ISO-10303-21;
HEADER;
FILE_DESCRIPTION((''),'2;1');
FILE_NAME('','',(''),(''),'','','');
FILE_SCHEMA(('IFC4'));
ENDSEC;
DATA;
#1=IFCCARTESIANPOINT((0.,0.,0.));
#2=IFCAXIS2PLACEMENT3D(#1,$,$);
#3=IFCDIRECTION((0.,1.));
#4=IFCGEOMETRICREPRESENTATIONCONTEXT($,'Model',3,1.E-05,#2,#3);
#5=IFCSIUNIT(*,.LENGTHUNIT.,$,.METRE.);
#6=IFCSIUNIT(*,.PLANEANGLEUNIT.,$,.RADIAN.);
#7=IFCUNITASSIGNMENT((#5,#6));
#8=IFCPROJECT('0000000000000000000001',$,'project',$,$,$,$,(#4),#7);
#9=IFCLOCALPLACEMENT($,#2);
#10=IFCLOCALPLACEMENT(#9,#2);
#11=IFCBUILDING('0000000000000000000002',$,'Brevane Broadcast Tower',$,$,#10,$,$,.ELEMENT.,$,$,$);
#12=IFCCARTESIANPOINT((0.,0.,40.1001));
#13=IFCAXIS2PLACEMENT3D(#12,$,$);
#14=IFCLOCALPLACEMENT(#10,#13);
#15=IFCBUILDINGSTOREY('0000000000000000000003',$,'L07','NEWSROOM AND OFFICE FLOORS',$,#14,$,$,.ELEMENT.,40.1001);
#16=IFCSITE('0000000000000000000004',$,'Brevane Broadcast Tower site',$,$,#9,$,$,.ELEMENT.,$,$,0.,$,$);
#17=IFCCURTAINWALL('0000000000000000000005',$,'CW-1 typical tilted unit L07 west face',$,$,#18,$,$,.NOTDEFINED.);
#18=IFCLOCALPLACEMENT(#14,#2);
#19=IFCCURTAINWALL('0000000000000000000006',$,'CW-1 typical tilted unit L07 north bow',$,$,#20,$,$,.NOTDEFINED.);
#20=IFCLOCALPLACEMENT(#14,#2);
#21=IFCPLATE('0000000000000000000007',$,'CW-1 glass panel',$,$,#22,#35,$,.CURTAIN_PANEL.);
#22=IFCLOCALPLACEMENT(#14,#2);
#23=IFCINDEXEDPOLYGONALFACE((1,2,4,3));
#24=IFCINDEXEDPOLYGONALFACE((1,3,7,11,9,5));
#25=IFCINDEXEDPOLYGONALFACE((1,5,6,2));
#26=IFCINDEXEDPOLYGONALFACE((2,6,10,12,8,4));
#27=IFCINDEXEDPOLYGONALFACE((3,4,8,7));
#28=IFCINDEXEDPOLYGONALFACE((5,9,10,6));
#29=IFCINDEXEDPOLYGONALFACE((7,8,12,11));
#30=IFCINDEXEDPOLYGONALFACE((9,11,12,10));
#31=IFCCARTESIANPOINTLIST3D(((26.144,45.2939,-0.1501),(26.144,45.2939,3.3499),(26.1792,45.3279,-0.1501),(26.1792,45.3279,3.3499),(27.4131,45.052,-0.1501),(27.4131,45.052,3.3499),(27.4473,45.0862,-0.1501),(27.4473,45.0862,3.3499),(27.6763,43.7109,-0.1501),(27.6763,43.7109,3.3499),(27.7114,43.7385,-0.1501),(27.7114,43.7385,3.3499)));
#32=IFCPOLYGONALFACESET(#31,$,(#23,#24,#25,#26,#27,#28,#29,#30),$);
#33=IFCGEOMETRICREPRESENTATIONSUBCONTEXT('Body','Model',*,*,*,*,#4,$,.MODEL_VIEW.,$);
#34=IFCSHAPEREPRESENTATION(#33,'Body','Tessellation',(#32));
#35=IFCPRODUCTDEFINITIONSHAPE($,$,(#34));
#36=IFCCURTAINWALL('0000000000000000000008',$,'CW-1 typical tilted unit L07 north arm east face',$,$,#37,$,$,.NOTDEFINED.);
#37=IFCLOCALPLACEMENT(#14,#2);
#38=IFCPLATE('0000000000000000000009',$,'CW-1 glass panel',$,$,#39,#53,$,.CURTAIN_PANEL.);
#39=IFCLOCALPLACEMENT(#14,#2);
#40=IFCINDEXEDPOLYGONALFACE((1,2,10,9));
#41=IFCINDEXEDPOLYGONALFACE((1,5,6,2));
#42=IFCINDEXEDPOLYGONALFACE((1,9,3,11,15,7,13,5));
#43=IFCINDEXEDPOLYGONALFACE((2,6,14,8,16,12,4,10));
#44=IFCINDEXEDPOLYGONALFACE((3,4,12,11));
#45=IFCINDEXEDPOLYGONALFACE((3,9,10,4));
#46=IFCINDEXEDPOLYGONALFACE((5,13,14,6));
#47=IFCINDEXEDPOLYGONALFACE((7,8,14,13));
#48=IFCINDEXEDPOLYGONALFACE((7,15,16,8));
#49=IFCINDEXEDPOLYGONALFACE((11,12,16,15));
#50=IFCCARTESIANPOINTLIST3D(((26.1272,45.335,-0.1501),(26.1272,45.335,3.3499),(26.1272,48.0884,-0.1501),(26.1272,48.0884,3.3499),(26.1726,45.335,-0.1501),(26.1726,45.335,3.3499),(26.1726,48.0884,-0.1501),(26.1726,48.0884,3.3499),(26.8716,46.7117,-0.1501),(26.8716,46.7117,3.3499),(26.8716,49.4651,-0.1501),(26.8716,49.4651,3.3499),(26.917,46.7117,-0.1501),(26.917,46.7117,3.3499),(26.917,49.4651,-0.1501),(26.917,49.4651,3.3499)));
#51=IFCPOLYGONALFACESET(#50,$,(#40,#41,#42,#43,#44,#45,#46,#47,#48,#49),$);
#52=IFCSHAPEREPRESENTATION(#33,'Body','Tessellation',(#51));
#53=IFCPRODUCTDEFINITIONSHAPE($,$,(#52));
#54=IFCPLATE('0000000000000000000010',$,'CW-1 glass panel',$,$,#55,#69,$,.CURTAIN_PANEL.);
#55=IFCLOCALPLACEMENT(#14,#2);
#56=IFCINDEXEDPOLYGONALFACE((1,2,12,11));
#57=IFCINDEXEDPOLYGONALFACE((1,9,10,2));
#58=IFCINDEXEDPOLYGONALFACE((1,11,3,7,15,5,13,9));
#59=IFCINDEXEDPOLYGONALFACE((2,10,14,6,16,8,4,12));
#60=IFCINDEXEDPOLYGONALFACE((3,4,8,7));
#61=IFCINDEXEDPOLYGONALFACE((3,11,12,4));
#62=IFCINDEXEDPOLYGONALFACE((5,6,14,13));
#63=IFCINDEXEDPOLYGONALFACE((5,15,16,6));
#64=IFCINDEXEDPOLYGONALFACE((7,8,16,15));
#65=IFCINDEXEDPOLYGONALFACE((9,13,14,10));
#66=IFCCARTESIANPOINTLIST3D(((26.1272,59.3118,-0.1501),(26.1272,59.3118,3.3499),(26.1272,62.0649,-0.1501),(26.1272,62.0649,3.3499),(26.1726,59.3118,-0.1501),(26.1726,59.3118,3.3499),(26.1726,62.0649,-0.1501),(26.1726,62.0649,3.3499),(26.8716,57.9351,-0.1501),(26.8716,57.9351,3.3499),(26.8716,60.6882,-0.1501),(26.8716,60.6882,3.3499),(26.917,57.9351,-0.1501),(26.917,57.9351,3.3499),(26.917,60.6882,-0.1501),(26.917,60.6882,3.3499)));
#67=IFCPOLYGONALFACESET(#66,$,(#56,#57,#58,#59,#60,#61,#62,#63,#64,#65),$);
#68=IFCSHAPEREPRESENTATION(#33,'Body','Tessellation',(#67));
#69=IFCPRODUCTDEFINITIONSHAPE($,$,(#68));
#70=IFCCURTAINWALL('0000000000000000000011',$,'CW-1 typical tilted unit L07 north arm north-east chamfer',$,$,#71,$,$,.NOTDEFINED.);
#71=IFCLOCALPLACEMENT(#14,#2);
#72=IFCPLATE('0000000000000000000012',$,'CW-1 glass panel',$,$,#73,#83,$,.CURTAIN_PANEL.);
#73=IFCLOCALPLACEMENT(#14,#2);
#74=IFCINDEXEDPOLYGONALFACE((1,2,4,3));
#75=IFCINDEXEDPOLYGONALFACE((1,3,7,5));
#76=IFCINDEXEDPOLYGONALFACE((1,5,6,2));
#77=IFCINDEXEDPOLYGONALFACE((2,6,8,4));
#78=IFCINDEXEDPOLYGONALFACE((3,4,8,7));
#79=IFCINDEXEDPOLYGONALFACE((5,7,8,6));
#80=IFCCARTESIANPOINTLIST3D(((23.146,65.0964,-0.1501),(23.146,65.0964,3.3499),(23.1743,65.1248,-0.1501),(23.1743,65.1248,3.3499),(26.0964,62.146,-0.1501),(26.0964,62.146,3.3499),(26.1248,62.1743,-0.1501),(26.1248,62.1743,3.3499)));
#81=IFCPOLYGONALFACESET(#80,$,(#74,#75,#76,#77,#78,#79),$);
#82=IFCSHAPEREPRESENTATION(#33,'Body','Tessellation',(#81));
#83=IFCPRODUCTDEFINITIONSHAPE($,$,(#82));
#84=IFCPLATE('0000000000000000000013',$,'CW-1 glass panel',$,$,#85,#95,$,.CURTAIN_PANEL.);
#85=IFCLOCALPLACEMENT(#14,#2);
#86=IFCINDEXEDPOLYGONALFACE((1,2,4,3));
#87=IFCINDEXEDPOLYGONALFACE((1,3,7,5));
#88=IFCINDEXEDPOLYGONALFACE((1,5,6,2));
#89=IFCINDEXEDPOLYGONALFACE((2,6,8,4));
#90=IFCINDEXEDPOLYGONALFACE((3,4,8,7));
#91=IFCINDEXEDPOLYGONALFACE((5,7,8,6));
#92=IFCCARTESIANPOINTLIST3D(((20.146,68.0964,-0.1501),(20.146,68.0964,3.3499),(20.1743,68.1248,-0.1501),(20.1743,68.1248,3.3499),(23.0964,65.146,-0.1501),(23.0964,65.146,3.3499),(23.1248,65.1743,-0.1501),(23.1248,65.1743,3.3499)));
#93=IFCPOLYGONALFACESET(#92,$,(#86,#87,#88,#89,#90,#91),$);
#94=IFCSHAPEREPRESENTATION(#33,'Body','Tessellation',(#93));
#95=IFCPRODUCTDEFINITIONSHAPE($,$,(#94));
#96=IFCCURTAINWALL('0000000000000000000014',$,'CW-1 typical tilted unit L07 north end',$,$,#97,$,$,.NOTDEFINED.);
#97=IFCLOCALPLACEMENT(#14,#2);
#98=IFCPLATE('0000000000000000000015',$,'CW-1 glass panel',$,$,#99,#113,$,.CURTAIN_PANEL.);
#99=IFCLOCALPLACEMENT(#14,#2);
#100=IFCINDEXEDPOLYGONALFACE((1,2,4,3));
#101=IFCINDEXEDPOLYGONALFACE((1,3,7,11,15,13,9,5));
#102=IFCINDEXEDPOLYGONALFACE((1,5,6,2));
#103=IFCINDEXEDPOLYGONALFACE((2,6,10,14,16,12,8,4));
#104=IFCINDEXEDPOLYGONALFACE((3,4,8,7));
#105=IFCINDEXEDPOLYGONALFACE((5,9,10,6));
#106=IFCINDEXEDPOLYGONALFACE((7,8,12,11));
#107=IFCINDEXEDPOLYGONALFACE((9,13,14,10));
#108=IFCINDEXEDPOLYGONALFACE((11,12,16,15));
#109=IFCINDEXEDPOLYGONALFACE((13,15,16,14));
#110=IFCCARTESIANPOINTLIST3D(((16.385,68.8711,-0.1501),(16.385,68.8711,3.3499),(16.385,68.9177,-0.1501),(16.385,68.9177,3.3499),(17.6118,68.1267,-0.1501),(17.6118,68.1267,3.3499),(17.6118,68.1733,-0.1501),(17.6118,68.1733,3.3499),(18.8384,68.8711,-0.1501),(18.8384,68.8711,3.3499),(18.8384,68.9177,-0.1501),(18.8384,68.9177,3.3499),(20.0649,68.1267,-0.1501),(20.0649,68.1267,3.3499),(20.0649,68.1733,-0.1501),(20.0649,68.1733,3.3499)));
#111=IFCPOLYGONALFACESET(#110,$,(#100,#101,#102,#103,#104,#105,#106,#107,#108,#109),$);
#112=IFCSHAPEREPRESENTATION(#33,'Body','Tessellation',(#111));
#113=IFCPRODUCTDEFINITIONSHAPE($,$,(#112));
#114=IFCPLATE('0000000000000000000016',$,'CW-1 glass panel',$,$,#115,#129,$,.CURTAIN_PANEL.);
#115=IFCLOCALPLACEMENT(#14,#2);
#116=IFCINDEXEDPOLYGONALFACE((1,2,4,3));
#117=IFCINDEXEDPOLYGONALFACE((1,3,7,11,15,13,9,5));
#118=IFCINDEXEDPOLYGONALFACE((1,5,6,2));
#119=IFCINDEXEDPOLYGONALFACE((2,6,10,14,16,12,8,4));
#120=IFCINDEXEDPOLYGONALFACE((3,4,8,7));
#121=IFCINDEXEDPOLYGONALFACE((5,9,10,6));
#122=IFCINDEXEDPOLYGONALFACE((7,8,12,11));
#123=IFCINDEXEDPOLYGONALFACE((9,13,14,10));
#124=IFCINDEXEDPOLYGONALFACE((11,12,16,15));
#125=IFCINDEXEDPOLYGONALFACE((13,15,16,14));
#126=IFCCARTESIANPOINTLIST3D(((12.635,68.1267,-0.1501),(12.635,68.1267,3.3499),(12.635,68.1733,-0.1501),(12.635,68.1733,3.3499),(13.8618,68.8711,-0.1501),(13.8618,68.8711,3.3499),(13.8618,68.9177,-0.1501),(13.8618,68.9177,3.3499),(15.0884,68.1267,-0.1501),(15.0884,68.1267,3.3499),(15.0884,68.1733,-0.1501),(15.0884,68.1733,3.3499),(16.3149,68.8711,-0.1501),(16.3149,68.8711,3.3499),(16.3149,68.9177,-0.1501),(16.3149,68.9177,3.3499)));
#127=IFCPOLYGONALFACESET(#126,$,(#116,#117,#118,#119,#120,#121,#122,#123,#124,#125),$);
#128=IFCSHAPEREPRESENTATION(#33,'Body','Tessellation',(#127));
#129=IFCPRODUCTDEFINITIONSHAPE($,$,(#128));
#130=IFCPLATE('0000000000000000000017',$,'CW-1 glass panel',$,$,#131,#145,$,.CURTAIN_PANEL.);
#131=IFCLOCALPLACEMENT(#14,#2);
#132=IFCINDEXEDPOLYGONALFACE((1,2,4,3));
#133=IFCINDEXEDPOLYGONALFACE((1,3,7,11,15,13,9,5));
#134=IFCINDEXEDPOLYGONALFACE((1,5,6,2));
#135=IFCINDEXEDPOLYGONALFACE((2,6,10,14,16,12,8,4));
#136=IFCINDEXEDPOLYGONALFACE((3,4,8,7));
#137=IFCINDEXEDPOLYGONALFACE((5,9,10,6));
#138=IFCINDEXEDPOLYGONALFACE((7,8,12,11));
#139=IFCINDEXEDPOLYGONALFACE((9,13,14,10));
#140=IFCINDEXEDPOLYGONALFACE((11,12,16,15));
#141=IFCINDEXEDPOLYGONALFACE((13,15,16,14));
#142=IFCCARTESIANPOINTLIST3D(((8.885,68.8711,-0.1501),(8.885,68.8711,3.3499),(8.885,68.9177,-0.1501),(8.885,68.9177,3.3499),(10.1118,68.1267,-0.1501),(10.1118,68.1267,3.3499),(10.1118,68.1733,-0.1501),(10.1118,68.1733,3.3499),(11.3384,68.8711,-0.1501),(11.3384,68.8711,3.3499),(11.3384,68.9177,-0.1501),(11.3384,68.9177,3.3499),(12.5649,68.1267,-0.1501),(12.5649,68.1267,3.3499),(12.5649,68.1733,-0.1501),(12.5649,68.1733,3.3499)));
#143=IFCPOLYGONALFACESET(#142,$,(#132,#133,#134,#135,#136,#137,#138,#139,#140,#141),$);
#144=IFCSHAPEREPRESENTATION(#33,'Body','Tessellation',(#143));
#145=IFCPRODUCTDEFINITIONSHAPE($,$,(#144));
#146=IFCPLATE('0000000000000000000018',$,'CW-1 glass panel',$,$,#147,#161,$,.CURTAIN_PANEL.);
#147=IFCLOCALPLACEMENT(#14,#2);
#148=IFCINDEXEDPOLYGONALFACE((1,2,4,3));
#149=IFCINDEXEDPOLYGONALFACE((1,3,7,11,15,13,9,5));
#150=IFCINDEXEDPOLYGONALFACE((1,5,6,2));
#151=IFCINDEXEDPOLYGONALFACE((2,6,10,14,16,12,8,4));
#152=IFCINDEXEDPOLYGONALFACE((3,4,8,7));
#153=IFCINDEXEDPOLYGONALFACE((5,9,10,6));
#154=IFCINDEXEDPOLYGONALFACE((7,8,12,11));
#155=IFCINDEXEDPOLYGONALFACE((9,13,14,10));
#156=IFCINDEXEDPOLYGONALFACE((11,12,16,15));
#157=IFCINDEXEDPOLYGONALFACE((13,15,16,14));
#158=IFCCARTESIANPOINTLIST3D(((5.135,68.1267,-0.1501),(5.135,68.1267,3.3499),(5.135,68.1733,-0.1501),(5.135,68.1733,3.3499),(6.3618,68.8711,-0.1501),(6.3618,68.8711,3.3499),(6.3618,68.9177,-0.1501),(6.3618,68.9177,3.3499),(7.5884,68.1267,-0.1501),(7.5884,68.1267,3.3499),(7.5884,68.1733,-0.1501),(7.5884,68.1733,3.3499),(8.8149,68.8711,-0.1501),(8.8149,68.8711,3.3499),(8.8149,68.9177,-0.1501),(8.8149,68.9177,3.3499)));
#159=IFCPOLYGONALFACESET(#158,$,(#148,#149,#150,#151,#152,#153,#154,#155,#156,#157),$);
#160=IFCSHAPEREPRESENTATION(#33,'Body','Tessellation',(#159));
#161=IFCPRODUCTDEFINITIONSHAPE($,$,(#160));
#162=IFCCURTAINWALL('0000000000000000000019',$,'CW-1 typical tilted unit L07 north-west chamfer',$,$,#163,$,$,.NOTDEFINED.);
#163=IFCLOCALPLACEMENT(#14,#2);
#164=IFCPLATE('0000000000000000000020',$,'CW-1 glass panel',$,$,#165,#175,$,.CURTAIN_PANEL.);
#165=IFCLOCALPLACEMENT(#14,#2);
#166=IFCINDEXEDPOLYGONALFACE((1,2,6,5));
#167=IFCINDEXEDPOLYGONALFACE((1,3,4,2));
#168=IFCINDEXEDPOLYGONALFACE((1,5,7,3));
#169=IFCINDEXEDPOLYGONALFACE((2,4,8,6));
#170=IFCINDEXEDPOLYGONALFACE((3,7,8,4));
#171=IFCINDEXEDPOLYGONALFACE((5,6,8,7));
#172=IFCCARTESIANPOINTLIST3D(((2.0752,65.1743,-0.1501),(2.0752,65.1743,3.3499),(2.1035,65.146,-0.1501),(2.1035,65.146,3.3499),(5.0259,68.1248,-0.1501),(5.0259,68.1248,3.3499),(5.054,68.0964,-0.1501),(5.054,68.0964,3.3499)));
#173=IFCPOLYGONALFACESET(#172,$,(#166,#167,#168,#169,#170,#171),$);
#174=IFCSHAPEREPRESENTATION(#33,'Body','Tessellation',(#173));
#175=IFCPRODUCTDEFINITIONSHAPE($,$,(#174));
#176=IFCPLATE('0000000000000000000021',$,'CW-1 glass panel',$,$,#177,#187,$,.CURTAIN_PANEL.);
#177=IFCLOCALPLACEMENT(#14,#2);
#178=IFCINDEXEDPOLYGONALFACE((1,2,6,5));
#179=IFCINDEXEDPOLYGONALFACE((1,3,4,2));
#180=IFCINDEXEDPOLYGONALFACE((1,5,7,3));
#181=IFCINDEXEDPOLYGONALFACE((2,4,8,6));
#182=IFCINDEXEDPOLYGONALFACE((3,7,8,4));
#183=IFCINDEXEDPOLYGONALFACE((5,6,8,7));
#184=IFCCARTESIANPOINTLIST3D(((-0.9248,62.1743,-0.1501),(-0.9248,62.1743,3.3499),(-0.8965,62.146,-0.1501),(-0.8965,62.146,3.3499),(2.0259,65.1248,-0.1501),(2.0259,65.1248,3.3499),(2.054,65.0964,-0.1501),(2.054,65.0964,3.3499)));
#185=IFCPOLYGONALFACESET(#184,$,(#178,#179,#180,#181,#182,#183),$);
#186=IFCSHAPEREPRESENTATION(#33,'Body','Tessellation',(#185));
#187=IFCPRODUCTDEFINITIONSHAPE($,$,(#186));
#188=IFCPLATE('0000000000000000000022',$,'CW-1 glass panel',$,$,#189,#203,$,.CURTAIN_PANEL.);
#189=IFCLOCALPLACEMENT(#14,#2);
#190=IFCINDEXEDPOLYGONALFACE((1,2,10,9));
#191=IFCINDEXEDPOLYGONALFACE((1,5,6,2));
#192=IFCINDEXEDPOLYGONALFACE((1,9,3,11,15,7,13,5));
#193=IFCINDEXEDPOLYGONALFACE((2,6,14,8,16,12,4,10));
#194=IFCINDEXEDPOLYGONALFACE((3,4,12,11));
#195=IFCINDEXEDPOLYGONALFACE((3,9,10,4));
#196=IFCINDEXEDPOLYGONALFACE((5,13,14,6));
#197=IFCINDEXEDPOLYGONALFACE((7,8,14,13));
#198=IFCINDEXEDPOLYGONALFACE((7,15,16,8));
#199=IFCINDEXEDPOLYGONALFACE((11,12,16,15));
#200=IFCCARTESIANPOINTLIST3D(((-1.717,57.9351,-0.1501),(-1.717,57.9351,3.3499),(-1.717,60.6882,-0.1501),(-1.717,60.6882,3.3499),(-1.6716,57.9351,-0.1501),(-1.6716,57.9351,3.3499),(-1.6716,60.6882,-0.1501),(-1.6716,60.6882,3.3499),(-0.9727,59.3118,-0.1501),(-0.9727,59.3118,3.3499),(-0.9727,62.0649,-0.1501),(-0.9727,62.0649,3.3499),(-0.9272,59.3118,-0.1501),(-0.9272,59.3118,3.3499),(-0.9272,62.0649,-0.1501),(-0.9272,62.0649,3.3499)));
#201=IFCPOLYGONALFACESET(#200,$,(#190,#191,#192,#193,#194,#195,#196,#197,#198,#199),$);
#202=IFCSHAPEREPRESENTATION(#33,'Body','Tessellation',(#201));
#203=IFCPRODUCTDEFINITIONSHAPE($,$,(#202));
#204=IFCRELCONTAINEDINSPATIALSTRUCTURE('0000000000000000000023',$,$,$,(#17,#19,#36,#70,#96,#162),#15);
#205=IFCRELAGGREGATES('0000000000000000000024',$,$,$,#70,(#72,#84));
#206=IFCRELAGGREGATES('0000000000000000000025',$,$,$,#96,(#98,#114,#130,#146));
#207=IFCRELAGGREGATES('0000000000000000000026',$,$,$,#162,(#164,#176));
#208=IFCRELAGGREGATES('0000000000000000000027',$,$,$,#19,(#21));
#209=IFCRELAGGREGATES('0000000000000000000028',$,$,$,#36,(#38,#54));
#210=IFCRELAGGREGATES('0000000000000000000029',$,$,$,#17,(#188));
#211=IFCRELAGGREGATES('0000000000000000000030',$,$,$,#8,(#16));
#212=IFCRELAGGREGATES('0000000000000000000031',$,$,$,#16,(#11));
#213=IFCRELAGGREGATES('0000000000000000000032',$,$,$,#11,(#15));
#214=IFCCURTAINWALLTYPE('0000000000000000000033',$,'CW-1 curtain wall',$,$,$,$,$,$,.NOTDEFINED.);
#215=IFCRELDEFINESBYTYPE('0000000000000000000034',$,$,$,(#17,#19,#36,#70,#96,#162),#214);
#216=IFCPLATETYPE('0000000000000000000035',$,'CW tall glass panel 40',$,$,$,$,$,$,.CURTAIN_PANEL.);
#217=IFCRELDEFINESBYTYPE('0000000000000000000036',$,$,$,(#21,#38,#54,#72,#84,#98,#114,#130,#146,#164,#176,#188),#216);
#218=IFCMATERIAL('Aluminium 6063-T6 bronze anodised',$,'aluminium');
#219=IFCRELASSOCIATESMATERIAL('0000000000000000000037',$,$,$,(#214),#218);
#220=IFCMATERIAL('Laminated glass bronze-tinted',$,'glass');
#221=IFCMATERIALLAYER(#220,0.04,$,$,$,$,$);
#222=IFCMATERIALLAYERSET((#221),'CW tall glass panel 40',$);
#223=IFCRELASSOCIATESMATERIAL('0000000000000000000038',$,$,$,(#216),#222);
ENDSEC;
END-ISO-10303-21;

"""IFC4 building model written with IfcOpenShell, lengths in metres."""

from ifc_helpers import new_model, si_unit, direction, frame, origin, place, context, subcontext, project, spatial, polyline, outline, extrude, material, layer, layer_set, type_object, element, aggregate, save


model = new_model("IFC4")

# Units and contexts
model_context = context("Model", 3, precision=1e-05, world=origin(), true_north=direction((0.0, 1.0)))
body_context = subcontext(model_context, "Body", "Model", "MODEL_VIEW")
ifc_project = project(units=[si_unit("LENGTHUNIT", "METRE"), si_unit("PLANEANGLEUNIT", "RADIAN")], contexts=[model_context])

# Site, building, storey
site_placement = place(None, origin())
site = spatial("IfcSite", under=ifc_project, at=site_placement, Name="Brevane Broadcast Tower site", CompositionType="ELEMENT", RefElevation=0.0)
building_placement = place(site_placement, origin())
building = spatial("IfcBuilding", under=site, at=building_placement, Name="Brevane Broadcast Tower", CompositionType="ELEMENT")
storey_placement = place(building_placement, frame((0.0, 0.0, 40.1001)))
storey = spatial("IfcBuildingStorey", under=building, at=storey_placement, Name="L07", Description="NEWSROOM AND OFFICE FLOORS", CompositionType="ELEMENT", Elevation=40.1001)

# Curtain wall
ifc_material_1 = material(Name="Aluminium 6063-T6 bronze anodised", Category="aluminium")
curtain_wall_type = type_object("IfcCurtainWallType", Name="CW-1 curtain wall", PredefinedType="NOTDEFINED", material=ifc_material_1)
curtain_wall_1_placement = place(storey_placement, origin())
curtain_wall_1 = element("IfcCurtainWall", 1, at=curtain_wall_1_placement, inside=storey, type_object=curtain_wall_type, Name="CW-1 typical tilted unit L07 west face", PredefinedType="NOTDEFINED")

# Curtain walls, plates
ifc_material_2 = material(Name="Laminated glass bronze-tinted", Category="glass")
ifc_layer_1 = layer(ifc_material_2, 0.04)
ifc_layer_set_1 = layer_set([ifc_layer_1], Name="CW tall glass panel 40")
plate_type = type_object("IfcPlateType", Name="CW tall glass panel 40", PredefinedType="CURTAIN_PANEL", material=ifc_layer_set_1)
curtain_wall_2_placement = place(storey_placement, origin())
curtain_wall_2 = element("IfcCurtainWall", 2, at=curtain_wall_2_placement, inside=storey, type_object=curtain_wall_type, Name="CW-1 typical tilted unit L07 north bow", PredefinedType="NOTDEFINED")
plate_1_placement = place(storey_placement, frame((0.0, 0.0, -0.1501)))
plate_1 = element("IfcPlate", 3, at=plate_1_placement, type_object=plate_type, Name="CW-1 glass panel", PredefinedType="CURTAIN_PANEL", context=body_context, shape_type="SweptSolid", body=[
    extrude(outline(polyline([(27.6763, 43.7109), (27.7114, 43.7385), (27.4473, 45.0862), (26.1792, 45.3279), (26.144, 45.2939), (27.4131, 45.052), (27.6763, 43.7109)])), origin(), (0.0, 0.0, 1.0), 3.5),
])
curtain_wall_3_placement = place(storey_placement, origin())
curtain_wall_3 = element("IfcCurtainWall", 4, at=curtain_wall_3_placement, inside=storey, type_object=curtain_wall_type, Name="CW-1 typical tilted unit L07 north arm east face", PredefinedType="NOTDEFINED")
plate_2_placement = place(storey_placement, frame((0.0, 0.0, -0.1501)))
plate_2 = element("IfcPlate", 5, at=plate_2_placement, type_object=plate_type, Name="CW-1 glass panel", PredefinedType="CURTAIN_PANEL", context=body_context, shape_type="SweptSolid", body=[
    extrude(outline(polyline([(26.1272, 45.335), (26.1726, 45.335), (26.917, 46.7117), (26.1726, 48.0884), (26.917, 49.4651), (26.8716, 49.4651), (26.1272, 48.0884), (26.8716, 46.7117), (26.1272, 45.335)])), origin(), (0.0, 0.0, 1.0), 3.5),
])
plate_3_placement = place(storey_placement, frame((0.0, 0.0, -0.1501)))
plate_3 = element("IfcPlate", 6, at=plate_3_placement, type_object=plate_type, Name="CW-1 glass panel", PredefinedType="CURTAIN_PANEL", context=body_context, shape_type="SweptSolid", body=[
    extrude(outline(polyline([(26.8716, 57.9351), (26.917, 57.9351), (26.1726, 59.3118), (26.917, 60.6882), (26.1726, 62.0649), (26.1272, 62.0649), (26.8716, 60.6882), (26.1272, 59.3118), (26.8716, 57.9351)])), origin(), (0.0, 0.0, 1.0), 3.5),
])
curtain_wall_4_placement = place(storey_placement, origin())
curtain_wall_4 = element("IfcCurtainWall", 7, at=curtain_wall_4_placement, inside=storey, type_object=curtain_wall_type, Name="CW-1 typical tilted unit L07 north arm north-east chamfer", PredefinedType="NOTDEFINED")
plate_4_placement = place(storey_placement, frame((0.0, 0.0, -0.1501)))
plate_4 = element("IfcPlate", 8, at=plate_4_placement, type_object=plate_type, Name="CW-1 glass panel", PredefinedType="CURTAIN_PANEL", context=body_context, shape_type="SweptSolid", body=[
    extrude(outline(polyline([(26.0964, 62.146), (23.146, 65.0964), (23.1743, 65.1248), (26.1248, 62.1743), (26.0964, 62.146)])), origin(), (0.0, 0.0, 1.0), 3.5),
])
plate_5_placement = place(storey_placement, frame((0.0, 0.0, -0.1501)))
plate_5 = element("IfcPlate", 9, at=plate_5_placement, type_object=plate_type, Name="CW-1 glass panel", PredefinedType="CURTAIN_PANEL", context=body_context, shape_type="SweptSolid", body=[
    extrude(outline(polyline([(23.0964, 65.146), (20.146, 68.0964), (20.1743, 68.1248), (23.1248, 65.1743), (23.0964, 65.146)])), origin(), (0.0, 0.0, 1.0), 3.5),
])
aggregate(curtain_wall_4, [plate_4, plate_5])
curtain_wall_5_placement = place(storey_placement, origin())
curtain_wall_5 = element("IfcCurtainWall", 10, at=curtain_wall_5_placement, inside=storey, type_object=curtain_wall_type, Name="CW-1 typical tilted unit L07 north end", PredefinedType="NOTDEFINED")
plate_6_placement = place(storey_placement, frame((0.0, 0.0, -0.1501)))
plate_6 = element("IfcPlate", 11, at=plate_6_placement, type_object=plate_type, Name="CW-1 glass panel", PredefinedType="CURTAIN_PANEL", context=body_context, shape_type="SweptSolid", body=[
    extrude(outline(polyline([(20.0649, 68.1267), (20.0649, 68.1733), (18.8384, 68.9177), (17.6118, 68.1733), (16.385, 68.9177), (16.385, 68.8711), (17.6118, 68.1267), (18.8384, 68.8711), (20.0649, 68.1267)])), origin(), (0.0, 0.0, 1.0), 3.5),
])
plate_7_placement = place(storey_placement, frame((0.0, 0.0, -0.1501)))
plate_7 = element("IfcPlate", 12, at=plate_7_placement, type_object=plate_type, Name="CW-1 glass panel", PredefinedType="CURTAIN_PANEL", context=body_context, shape_type="SweptSolid", body=[
    extrude(outline(polyline([(16.3149, 68.8711), (16.3149, 68.9177), (15.0884, 68.1733), (13.8618, 68.9177), (12.635, 68.1733), (12.635, 68.1267), (13.8618, 68.8711), (15.0884, 68.1267), (16.3149, 68.8711)])), origin(), (0.0, 0.0, 1.0), 3.5),
])
plate_8_placement = place(storey_placement, frame((0.0, 0.0, -0.1501)))
plate_8 = element("IfcPlate", 13, at=plate_8_placement, type_object=plate_type, Name="CW-1 glass panel", PredefinedType="CURTAIN_PANEL", context=body_context, shape_type="SweptSolid", body=[
    extrude(outline(polyline([(12.5649, 68.1267), (12.5649, 68.1733), (11.3384, 68.9177), (10.1118, 68.1733), (8.885, 68.9177), (8.885, 68.8711), (10.1118, 68.1267), (11.3384, 68.8711), (12.5649, 68.1267)])), origin(), (0.0, 0.0, 1.0), 3.5),
])
plate_9_placement = place(storey_placement, frame((0.0, 0.0, -0.1501)))
plate_9 = element("IfcPlate", 14, at=plate_9_placement, type_object=plate_type, Name="CW-1 glass panel", PredefinedType="CURTAIN_PANEL", context=body_context, shape_type="SweptSolid", body=[
    extrude(outline(polyline([(8.8149, 68.8711), (8.8149, 68.9177), (7.5884, 68.1733), (6.3618, 68.9177), (5.135, 68.1733), (5.135, 68.1267), (6.3618, 68.8711), (7.5884, 68.1267), (8.8149, 68.8711)])), origin(), (0.0, 0.0, 1.0), 3.5),
])
aggregate(curtain_wall_5, [plate_6, plate_7, plate_8, plate_9])
curtain_wall_6_placement = place(storey_placement, origin())
curtain_wall_6 = element("IfcCurtainWall", 15, at=curtain_wall_6_placement, inside=storey, type_object=curtain_wall_type, Name="CW-1 typical tilted unit L07 north-west chamfer", PredefinedType="NOTDEFINED")
plate_10_placement = place(storey_placement, frame((0.0, 0.0, -0.1501)))
plate_10 = element("IfcPlate", 16, at=plate_10_placement, type_object=plate_type, Name="CW-1 glass panel", PredefinedType="CURTAIN_PANEL", context=body_context, shape_type="SweptSolid", body=[
    extrude(outline(polyline([(5.054, 68.0964), (2.1035, 65.146), (2.0752, 65.1743), (5.0259, 68.1248), (5.054, 68.0964)])), origin(), (0.0, 0.0, 1.0), 3.5),
])
plate_11_placement = place(storey_placement, frame((0.0, 0.0, -0.1501)))
plate_11 = element("IfcPlate", 17, at=plate_11_placement, type_object=plate_type, Name="CW-1 glass panel", PredefinedType="CURTAIN_PANEL", context=body_context, shape_type="SweptSolid", body=[
    extrude(outline(polyline([(2.054, 65.0964), (-0.8965, 62.146), (-0.9248, 62.1743), (2.0259, 65.1248), (2.054, 65.0964)])), origin(), (0.0, 0.0, 1.0), 3.5),
])
aggregate(curtain_wall_6, [plate_10, plate_11])

# Plate
plate_12_placement = place(storey_placement, frame((0.0, 0.0, -0.1501)))
plate_12 = element("IfcPlate", 18, at=plate_12_placement, type_object=plate_type, Name="CW-1 glass panel", PredefinedType="CURTAIN_PANEL", context=body_context, shape_type="SweptSolid", body=[
    extrude(outline(polyline([(-0.9272, 62.0649), (-0.9727, 62.0649), (-1.717, 60.6882), (-0.9727, 59.3118), (-1.717, 57.9351), (-1.6716, 57.9351), (-0.9272, 59.3118), (-1.6716, 60.6882), (-0.9272, 62.0649)])), origin(), (0.0, 0.0, 1.0), 3.5),
])

aggregate(curtain_wall_2, [plate_1])
aggregate(curtain_wall_3, [plate_2, plate_3])
aggregate(curtain_wall_1, [plate_12])

save(model, "model.ifc")
